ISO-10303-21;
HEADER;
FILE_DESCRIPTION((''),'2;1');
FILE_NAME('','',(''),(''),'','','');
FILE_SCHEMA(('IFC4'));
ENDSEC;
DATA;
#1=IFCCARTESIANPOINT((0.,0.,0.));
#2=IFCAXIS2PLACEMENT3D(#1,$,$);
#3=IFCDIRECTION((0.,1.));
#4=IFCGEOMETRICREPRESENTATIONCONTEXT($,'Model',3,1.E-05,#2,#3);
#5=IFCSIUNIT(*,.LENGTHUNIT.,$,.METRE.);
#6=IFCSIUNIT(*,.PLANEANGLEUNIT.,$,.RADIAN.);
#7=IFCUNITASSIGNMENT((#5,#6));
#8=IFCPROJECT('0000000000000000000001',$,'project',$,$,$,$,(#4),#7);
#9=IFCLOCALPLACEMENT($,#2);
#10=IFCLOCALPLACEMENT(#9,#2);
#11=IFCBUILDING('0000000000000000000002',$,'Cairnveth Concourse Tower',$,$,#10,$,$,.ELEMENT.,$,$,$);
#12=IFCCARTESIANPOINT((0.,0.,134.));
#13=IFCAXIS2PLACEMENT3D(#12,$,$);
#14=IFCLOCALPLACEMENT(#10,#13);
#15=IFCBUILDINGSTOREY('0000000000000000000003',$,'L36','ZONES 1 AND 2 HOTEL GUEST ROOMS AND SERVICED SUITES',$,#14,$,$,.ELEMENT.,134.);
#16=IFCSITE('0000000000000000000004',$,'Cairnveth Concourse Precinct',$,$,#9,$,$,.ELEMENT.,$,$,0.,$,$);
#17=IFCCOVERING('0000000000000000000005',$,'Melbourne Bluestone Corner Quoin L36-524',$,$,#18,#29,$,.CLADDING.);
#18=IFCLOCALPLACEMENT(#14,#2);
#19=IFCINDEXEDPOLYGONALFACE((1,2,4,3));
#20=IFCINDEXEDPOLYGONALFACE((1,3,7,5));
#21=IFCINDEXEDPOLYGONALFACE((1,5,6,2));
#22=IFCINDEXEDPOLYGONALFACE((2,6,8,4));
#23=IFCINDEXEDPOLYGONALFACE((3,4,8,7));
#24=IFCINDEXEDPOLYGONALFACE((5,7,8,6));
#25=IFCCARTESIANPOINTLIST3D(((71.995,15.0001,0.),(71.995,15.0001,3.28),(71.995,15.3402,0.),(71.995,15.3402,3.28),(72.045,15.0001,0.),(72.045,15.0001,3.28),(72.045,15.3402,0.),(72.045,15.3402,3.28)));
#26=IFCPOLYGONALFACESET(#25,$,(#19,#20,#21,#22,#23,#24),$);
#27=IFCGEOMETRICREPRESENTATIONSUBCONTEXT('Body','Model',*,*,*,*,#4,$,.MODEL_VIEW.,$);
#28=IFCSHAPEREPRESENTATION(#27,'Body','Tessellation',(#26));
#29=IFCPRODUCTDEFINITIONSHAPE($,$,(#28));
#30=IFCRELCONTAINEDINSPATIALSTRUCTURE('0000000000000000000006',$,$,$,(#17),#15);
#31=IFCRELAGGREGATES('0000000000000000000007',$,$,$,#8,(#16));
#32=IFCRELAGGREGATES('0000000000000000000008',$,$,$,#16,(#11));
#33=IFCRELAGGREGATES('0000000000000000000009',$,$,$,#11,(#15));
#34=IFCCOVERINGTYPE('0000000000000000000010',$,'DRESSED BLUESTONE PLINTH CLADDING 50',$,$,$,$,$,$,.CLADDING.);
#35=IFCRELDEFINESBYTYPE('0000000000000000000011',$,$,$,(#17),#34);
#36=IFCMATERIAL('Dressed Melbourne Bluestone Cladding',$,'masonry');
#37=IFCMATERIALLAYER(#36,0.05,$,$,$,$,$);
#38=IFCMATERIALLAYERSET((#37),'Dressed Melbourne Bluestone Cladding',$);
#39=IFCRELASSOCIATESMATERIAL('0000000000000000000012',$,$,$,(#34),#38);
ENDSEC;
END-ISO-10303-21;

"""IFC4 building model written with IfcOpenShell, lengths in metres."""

from ifc_helpers import new_model, si_unit, direction, frame, frame_2d, origin, place, context, subcontext, project, spatial, rectangle, extrude, material, layer, layer_set, type_object, element, save


model = new_model("IFC4")

# Units and contexts
model_context = context("Model", 3, precision=1e-05, world=origin(), true_north=direction((0.0, 1.0)))
body_context = subcontext(model_context, "Body", "Model", "MODEL_VIEW")
ifc_project = project(units=[si_unit("LENGTHUNIT", "METRE"), si_unit("PLANEANGLEUNIT", "RADIAN")], contexts=[model_context])

# Site, building, storey
site_placement = place(None, origin())
site = spatial("IfcSite", under=ifc_project, at=site_placement, Name="Cairnveth Concourse Precinct", CompositionType="ELEMENT", RefElevation=0.0)
building_placement = place(site_placement, origin())
building = spatial("IfcBuilding", under=site, at=building_placement, Name="Cairnveth Concourse Tower", CompositionType="ELEMENT")
storey_placement = place(building_placement, frame((0.0, 0.0, 134.0)))
storey = spatial("IfcBuildingStorey", under=building, at=storey_placement, Name="L36", Description="ZONES 1 AND 2 HOTEL GUEST ROOMS AND SERVICED SUITES", CompositionType="ELEMENT", Elevation=134.0)

# Covering
ifc_material_1 = material(Name="Dressed Melbourne Bluestone Cladding", Category="masonry")
ifc_layer_1 = layer(ifc_material_1, 0.05)
ifc_layer_set_1 = layer_set([ifc_layer_1], Name="Dressed Melbourne Bluestone Cladding")
covering_type = type_object("IfcCoveringType", Name="DRESSED BLUESTONE PLINTH CLADDING 50", PredefinedType="CLADDING", material=ifc_layer_set_1)
covering_placement = place(storey_placement, frame((72.02, 15.3401, 0.0), z_axis=(0.0, 0.0, 1.0), x_axis=(0.0, -1.0, 0.0)))
element("IfcCovering", 1, at=covering_placement, inside=storey, type_object=covering_type, Name="Melbourne Bluestone Corner Quoin L36-524", PredefinedType="CLADDING", context=body_context, shape_type="SweptSolid", body=[
    extrude(rectangle(XDim=0.3401, YDim=0.05, at=frame_2d((0.1699, 0.0))), origin(), (0.0, 0.0, 1.0), 3.28),
])

save(model, "model.ifc")
